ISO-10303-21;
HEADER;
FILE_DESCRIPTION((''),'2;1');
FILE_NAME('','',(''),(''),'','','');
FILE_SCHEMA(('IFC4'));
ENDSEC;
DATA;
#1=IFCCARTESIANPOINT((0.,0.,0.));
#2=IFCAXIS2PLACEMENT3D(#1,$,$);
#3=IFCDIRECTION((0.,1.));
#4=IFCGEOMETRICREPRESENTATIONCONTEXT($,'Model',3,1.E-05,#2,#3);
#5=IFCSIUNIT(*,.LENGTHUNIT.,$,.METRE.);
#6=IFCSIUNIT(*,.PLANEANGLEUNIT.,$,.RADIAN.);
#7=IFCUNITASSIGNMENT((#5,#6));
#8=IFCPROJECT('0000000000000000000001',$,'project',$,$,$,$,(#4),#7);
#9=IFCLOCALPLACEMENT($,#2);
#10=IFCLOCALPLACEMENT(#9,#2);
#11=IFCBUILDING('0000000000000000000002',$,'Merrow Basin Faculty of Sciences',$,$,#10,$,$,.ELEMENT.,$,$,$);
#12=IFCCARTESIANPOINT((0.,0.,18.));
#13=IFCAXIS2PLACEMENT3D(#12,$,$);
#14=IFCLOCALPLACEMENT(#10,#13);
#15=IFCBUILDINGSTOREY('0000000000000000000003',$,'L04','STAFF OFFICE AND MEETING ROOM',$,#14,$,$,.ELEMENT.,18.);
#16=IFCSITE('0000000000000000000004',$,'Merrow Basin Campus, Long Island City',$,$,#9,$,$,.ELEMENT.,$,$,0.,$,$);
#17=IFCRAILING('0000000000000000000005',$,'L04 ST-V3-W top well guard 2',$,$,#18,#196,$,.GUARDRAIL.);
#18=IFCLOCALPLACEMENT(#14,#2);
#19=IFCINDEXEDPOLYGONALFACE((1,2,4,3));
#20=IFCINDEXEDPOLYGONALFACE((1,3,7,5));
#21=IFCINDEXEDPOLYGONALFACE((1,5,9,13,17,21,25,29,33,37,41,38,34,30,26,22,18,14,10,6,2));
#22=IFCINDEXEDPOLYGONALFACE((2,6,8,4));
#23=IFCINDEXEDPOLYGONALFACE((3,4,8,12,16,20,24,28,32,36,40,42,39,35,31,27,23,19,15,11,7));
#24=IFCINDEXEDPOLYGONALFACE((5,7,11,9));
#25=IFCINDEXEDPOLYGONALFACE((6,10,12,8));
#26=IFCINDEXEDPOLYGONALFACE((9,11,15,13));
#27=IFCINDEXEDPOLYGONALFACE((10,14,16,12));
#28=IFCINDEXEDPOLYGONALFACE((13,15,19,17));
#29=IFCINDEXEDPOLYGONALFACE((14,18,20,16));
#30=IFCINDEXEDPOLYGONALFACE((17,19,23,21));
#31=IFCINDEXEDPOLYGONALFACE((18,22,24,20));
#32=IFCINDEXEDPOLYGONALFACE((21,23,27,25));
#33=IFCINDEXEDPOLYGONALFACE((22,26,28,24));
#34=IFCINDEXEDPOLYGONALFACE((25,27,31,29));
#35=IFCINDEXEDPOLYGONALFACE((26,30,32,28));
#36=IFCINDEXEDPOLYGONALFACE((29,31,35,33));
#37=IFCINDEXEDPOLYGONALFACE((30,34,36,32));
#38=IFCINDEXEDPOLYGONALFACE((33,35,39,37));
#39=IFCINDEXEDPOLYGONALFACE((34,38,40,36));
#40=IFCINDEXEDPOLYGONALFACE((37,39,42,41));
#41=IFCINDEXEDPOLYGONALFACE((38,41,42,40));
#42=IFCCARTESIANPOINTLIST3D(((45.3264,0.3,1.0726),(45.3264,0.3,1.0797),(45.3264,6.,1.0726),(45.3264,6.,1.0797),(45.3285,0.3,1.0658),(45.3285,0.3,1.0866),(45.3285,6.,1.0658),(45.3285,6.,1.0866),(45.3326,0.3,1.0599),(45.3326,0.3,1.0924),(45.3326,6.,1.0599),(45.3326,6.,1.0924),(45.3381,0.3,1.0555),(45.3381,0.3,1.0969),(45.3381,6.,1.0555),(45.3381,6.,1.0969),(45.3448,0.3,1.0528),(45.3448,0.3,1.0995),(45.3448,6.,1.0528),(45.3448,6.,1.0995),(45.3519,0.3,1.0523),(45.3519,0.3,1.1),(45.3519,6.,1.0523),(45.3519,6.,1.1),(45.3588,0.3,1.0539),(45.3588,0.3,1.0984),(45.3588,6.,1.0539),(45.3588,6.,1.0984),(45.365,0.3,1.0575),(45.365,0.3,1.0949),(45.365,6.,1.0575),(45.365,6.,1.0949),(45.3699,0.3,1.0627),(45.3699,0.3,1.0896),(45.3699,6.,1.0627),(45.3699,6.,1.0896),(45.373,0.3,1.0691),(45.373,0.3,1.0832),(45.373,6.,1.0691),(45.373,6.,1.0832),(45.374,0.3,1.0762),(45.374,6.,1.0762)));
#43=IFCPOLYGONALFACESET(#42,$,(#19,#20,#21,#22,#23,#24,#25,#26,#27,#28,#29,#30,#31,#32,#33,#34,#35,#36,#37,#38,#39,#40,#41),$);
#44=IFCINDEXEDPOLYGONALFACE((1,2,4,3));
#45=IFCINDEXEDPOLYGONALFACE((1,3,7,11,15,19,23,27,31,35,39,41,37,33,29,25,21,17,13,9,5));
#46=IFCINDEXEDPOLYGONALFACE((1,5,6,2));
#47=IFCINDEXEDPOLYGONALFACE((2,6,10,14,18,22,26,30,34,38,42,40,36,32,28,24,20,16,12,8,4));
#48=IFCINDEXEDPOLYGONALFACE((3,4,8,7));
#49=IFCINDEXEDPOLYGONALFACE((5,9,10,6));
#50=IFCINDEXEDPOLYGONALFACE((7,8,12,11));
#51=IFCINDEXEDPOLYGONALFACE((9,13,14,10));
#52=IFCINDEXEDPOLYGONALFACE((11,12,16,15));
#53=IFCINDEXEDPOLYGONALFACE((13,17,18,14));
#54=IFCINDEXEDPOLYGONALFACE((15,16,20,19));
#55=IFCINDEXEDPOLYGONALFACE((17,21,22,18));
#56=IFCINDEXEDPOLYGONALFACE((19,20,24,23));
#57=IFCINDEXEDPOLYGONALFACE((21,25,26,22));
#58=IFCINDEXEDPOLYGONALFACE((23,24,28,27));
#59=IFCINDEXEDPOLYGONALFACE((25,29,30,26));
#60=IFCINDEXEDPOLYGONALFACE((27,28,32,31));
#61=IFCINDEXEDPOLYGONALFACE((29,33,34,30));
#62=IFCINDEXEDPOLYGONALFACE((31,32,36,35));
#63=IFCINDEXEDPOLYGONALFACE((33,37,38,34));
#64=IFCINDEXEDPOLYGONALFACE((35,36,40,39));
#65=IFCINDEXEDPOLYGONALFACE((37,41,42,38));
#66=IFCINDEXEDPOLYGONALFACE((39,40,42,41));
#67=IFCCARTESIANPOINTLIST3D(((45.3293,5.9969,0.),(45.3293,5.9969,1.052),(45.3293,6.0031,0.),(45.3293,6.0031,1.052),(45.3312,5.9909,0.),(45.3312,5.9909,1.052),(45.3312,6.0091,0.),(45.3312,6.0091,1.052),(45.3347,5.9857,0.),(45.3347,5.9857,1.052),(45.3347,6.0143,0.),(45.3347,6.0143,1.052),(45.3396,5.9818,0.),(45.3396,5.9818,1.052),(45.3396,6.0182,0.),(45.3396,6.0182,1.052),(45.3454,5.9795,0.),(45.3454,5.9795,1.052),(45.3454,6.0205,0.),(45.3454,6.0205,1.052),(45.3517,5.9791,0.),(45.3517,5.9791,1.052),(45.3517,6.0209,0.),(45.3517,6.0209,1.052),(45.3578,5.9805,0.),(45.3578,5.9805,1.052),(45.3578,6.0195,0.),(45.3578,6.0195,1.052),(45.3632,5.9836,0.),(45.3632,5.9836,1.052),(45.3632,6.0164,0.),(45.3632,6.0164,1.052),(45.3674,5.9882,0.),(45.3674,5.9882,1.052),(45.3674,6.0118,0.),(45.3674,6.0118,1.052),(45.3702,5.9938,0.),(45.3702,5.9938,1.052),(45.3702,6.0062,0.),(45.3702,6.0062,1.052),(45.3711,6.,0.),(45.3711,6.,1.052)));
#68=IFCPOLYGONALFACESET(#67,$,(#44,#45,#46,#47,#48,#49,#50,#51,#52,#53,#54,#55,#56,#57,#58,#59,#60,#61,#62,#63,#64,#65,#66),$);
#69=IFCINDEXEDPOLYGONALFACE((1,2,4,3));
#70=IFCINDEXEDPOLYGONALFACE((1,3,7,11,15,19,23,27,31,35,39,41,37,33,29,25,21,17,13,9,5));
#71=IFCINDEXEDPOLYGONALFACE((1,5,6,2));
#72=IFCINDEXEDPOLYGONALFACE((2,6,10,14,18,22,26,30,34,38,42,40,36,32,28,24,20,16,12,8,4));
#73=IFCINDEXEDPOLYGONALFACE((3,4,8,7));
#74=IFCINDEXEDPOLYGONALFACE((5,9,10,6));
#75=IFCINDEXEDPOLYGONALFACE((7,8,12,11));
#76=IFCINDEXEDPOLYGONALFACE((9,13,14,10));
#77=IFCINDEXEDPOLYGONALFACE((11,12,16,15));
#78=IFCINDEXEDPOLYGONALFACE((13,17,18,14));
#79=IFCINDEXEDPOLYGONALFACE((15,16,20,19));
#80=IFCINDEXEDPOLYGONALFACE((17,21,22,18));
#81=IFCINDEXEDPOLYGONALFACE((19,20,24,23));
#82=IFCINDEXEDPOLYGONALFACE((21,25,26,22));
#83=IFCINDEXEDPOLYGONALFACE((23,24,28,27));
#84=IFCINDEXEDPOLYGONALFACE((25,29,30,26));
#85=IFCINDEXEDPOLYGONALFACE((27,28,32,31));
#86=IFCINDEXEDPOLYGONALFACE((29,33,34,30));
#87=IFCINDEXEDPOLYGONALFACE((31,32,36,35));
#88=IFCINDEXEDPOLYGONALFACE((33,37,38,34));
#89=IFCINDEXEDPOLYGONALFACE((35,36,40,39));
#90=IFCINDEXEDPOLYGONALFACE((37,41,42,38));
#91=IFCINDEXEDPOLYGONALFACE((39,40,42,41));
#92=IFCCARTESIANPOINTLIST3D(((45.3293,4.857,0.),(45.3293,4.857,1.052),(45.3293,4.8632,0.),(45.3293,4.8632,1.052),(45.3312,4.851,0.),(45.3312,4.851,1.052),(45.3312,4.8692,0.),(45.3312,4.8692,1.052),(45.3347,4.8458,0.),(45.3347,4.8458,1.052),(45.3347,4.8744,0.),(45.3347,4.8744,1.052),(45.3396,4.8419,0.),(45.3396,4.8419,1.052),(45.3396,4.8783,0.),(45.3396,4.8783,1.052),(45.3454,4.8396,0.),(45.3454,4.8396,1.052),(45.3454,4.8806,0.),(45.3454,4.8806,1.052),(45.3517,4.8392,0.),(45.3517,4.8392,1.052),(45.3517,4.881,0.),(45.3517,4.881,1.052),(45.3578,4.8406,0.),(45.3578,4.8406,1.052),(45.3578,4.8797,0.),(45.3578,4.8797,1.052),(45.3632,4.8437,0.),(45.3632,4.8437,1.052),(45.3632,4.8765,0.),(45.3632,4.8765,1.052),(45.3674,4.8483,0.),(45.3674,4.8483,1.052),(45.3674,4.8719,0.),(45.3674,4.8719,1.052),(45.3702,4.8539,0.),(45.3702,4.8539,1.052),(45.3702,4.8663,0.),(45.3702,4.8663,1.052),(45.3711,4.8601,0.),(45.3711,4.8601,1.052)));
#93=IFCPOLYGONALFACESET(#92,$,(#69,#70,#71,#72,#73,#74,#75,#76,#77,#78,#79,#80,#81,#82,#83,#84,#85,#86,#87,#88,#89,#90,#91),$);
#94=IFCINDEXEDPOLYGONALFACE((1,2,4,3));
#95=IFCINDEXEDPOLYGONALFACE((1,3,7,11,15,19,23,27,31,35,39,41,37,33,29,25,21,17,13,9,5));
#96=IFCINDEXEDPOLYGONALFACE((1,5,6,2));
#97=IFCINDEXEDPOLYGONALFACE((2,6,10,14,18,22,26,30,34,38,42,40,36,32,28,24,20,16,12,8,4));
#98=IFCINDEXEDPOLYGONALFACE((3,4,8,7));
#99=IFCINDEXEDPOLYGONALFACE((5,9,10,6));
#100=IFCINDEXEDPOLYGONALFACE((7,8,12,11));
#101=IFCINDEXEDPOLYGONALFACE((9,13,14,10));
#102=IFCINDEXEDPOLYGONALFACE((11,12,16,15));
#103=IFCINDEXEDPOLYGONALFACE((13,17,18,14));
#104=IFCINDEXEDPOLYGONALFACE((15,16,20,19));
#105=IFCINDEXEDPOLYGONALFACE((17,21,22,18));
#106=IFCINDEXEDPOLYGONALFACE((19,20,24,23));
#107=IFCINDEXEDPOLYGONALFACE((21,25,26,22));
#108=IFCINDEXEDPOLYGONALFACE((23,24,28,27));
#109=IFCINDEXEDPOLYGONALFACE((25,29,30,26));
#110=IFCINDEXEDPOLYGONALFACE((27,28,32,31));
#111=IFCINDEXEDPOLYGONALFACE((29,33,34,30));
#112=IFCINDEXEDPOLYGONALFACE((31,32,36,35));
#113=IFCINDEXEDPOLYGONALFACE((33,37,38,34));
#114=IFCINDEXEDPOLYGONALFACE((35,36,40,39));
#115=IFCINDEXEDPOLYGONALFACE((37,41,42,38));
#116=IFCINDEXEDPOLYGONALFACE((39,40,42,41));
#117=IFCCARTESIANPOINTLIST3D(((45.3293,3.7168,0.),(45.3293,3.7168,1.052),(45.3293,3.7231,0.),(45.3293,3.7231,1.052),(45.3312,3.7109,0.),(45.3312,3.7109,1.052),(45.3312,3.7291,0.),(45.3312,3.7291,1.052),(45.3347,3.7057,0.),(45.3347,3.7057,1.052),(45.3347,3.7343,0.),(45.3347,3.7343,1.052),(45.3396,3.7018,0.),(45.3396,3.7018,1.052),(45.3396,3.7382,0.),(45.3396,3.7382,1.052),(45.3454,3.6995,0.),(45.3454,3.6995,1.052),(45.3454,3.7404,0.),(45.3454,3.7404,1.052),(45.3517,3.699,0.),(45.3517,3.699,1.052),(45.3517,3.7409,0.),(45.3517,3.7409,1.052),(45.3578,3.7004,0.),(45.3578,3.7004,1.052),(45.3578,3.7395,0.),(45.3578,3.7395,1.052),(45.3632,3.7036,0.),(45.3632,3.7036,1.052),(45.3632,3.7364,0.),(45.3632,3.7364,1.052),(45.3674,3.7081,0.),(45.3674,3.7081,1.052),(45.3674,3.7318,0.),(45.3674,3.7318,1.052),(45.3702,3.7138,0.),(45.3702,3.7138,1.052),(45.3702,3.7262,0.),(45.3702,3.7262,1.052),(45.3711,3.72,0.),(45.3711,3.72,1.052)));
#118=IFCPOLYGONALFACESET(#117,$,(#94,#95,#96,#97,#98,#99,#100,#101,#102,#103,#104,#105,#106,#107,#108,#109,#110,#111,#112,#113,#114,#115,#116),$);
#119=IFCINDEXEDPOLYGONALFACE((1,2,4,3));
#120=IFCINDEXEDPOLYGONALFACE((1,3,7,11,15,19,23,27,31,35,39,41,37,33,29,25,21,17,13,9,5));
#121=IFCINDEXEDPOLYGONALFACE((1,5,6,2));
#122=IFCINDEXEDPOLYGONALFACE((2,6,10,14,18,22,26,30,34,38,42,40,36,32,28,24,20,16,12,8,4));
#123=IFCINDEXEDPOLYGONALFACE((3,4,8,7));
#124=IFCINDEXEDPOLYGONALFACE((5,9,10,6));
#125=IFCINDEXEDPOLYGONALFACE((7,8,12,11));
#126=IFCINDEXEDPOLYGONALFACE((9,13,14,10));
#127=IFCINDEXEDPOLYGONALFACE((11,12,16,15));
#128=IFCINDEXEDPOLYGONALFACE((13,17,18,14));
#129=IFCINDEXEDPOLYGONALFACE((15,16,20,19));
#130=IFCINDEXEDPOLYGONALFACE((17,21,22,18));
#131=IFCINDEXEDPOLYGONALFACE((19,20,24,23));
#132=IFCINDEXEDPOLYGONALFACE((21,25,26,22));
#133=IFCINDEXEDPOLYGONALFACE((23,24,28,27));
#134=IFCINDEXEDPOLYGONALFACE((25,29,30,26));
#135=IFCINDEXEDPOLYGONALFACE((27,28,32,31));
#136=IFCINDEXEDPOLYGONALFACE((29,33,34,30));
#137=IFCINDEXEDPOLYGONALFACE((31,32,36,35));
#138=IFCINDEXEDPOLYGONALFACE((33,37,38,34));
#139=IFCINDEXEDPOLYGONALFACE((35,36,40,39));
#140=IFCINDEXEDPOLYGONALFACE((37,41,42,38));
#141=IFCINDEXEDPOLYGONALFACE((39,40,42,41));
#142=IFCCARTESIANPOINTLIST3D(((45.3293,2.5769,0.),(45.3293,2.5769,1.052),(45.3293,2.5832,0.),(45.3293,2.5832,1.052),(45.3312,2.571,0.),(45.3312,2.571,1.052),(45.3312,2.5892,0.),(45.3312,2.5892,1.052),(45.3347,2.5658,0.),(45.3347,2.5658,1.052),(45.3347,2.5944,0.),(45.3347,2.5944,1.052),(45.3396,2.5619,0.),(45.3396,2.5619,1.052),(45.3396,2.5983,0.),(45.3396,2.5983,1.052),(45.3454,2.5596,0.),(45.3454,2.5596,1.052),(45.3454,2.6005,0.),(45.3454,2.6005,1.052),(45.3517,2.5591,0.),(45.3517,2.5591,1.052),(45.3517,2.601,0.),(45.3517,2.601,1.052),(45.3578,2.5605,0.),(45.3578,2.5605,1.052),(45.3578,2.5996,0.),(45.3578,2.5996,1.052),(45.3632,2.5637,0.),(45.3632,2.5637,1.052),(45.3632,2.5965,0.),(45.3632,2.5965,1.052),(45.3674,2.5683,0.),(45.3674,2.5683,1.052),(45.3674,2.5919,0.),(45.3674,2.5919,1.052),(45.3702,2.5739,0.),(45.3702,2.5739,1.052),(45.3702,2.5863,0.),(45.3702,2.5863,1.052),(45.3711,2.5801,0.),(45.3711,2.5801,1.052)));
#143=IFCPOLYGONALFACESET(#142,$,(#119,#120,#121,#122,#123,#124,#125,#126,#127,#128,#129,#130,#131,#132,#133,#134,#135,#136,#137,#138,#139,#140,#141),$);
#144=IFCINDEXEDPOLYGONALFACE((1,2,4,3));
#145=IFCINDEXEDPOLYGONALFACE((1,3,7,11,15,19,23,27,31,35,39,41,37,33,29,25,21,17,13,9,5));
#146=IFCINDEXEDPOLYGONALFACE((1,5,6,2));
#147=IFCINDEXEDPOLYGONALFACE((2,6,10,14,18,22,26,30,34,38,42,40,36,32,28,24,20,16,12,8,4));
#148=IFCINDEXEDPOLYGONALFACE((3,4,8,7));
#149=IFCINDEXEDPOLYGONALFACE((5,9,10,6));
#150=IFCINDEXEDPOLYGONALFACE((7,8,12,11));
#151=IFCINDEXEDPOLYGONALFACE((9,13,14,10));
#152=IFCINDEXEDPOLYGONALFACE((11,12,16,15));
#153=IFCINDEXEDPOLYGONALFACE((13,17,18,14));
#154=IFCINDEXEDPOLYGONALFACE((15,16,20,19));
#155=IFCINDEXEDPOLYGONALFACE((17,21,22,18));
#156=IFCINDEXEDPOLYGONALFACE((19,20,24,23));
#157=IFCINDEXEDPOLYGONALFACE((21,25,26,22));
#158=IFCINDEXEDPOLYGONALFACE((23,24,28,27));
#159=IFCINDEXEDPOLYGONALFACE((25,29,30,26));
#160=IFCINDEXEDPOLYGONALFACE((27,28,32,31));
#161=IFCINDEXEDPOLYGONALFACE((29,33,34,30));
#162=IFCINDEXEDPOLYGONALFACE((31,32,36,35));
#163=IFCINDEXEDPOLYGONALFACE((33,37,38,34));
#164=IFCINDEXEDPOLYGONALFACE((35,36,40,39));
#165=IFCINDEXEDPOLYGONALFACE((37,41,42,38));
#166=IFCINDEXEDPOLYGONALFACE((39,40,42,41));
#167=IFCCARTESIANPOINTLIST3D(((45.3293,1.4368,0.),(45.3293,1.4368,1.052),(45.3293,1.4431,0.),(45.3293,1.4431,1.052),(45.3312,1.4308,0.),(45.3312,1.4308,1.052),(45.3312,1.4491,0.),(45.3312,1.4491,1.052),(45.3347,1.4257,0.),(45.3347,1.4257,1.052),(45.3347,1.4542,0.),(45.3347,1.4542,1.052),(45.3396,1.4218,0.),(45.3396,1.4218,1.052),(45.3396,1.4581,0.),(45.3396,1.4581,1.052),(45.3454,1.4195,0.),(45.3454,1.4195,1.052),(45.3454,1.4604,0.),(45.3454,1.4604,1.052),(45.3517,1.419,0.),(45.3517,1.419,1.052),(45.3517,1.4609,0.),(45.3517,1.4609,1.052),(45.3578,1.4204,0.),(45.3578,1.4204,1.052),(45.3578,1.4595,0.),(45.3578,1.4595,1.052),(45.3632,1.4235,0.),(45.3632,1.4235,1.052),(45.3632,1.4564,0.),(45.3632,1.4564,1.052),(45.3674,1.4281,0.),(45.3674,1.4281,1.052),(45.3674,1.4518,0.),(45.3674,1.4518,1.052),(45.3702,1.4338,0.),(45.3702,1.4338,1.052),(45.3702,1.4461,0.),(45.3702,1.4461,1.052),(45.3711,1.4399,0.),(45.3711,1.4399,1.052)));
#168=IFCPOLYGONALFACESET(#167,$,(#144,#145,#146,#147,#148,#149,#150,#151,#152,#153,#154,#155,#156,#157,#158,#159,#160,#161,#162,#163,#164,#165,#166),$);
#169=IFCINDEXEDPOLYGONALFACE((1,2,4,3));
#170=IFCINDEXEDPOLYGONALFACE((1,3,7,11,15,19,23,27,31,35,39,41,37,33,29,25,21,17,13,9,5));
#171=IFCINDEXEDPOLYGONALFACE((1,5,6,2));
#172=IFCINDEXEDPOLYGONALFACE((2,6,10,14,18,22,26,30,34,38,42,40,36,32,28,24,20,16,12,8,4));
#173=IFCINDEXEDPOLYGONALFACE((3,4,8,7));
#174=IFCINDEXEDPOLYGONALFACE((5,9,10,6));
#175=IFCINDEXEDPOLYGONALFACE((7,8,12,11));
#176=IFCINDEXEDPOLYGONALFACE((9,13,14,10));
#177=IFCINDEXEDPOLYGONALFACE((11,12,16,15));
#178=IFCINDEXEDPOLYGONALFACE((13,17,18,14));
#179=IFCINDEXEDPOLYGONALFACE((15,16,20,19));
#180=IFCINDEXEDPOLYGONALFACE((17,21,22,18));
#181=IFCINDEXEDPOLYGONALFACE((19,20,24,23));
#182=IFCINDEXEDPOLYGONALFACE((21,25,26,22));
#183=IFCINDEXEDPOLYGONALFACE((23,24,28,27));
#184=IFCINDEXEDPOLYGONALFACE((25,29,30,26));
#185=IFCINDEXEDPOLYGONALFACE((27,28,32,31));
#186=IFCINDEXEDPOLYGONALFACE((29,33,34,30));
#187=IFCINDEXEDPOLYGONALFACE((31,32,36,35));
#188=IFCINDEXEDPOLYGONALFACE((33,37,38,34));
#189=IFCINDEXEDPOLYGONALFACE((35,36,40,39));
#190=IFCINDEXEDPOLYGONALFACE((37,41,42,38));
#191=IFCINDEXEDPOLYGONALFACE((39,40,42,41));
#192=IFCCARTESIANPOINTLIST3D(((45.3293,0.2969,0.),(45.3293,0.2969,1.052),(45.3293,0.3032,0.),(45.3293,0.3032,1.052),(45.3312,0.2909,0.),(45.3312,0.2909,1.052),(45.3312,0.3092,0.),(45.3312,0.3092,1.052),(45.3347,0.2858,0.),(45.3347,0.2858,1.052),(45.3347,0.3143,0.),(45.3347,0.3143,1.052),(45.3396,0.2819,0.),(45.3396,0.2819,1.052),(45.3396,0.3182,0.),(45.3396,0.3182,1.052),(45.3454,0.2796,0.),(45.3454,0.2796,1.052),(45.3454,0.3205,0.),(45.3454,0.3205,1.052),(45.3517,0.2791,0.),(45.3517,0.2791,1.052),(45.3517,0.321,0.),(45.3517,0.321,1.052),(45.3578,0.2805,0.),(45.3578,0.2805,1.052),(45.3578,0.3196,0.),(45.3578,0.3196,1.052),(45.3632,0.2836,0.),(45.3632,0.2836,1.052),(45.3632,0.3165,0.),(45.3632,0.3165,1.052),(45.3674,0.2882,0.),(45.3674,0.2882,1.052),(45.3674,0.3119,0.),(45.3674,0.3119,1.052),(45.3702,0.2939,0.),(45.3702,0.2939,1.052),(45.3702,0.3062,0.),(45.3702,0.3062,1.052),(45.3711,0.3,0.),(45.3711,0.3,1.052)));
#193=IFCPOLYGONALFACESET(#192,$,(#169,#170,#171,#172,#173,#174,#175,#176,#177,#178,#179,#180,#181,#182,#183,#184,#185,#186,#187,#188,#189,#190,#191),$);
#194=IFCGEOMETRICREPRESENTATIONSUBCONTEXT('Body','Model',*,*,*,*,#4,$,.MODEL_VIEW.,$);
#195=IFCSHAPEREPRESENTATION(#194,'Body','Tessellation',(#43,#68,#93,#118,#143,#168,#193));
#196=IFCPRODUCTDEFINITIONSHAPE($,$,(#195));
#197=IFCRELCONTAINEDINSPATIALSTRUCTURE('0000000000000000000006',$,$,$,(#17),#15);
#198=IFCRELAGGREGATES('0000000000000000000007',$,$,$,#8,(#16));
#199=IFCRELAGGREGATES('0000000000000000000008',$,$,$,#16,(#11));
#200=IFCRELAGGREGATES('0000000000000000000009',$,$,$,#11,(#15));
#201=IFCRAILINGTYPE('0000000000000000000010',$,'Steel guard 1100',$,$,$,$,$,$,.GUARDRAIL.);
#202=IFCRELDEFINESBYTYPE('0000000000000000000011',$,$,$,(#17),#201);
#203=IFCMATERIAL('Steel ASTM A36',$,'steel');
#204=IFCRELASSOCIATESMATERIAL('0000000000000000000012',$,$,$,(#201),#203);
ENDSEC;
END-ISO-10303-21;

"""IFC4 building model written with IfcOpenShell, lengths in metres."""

from ifc_helpers import new_model, si_unit, direction, frame, origin, origin_2d, place, context, subcontext, project, spatial, circle, extrude, material, type_object, element, save


model = new_model("IFC4")

# Units and contexts
model_context = context("Model", 3, precision=1e-05, world=origin(), true_north=direction((0.0, 1.0)))
body_context = subcontext(model_context, "Body", "Model", "MODEL_VIEW")
ifc_project = project(units=[si_unit("LENGTHUNIT", "METRE"), si_unit("PLANEANGLEUNIT", "RADIAN")], contexts=[model_context])

# Site, building, storey
site_placement = place(None, origin())
site = spatial("IfcSite", under=ifc_project, at=site_placement, Name="Merrow Basin Campus, Long Island City", CompositionType="ELEMENT", RefElevation=0.0)
building_placement = place(site_placement, origin())
building = spatial("IfcBuilding", under=site, at=building_placement, Name="Merrow Basin Faculty of Sciences", CompositionType="ELEMENT")
storey_placement = place(building_placement, frame((0.0, 0.0, 18.0)))
storey = spatial("IfcBuildingStorey", under=building, at=storey_placement, Name="L04", Description="STAFF OFFICE AND MEETING ROOM", CompositionType="ELEMENT", Elevation=18.0)

# Railing
ifc_material_1 = material(Name="Steel ASTM A36", Category="steel")
railing_type = type_object("IfcRailingType", Name="Steel guard 1100", PredefinedType="GUARDRAIL", material=ifc_material_1)
railing_1_placement = place(storey_placement, frame((45.3501, 6.0, 0.0)))
element("IfcRailing", 1, at=railing_1_placement, inside=storey, type_object=railing_type, Name="L04 ST-V3-W top well guard 2", PredefinedType="GUARDRAIL", context=body_context, shape_type="SweptSolid", body=[
    extrude(circle(Radius=0.0239, at=origin_2d()), frame((0.0, 0.0, 1.0762), z_axis=(0.0, -1.0, 0.0), x_axis=(1.0, 0.0, 0.0)), (0.0, 0.0, 1.0), 5.7),
    extrude(circle(Radius=0.021, at=origin_2d()), origin(), (0.0, 0.0, 1.0), 1.052),
    extrude(circle(Radius=0.021, at=origin_2d()), frame((0.0, -1.1399, 0.0)), (0.0, 0.0, 1.0), 1.052),
    extrude(circle(Radius=0.021, at=origin_2d()), frame((0.0, -2.28, 0.0)), (0.0, 0.0, 1.0), 1.052),
    extrude(circle(Radius=0.021, at=origin_2d()), frame((0.0, -3.4199, 0.0)), (0.0, 0.0, 1.0), 1.052),
    extrude(circle(Radius=0.021, at=origin_2d()), frame((0.0, -4.5601, 0.0)), (0.0, 0.0, 1.0), 1.052),
    extrude(circle(Radius=0.021, at=origin_2d()), frame((0.0, -5.7, 0.0)), (0.0, 0.0, 1.0), 1.052),
])

save(model, "model.ifc")
